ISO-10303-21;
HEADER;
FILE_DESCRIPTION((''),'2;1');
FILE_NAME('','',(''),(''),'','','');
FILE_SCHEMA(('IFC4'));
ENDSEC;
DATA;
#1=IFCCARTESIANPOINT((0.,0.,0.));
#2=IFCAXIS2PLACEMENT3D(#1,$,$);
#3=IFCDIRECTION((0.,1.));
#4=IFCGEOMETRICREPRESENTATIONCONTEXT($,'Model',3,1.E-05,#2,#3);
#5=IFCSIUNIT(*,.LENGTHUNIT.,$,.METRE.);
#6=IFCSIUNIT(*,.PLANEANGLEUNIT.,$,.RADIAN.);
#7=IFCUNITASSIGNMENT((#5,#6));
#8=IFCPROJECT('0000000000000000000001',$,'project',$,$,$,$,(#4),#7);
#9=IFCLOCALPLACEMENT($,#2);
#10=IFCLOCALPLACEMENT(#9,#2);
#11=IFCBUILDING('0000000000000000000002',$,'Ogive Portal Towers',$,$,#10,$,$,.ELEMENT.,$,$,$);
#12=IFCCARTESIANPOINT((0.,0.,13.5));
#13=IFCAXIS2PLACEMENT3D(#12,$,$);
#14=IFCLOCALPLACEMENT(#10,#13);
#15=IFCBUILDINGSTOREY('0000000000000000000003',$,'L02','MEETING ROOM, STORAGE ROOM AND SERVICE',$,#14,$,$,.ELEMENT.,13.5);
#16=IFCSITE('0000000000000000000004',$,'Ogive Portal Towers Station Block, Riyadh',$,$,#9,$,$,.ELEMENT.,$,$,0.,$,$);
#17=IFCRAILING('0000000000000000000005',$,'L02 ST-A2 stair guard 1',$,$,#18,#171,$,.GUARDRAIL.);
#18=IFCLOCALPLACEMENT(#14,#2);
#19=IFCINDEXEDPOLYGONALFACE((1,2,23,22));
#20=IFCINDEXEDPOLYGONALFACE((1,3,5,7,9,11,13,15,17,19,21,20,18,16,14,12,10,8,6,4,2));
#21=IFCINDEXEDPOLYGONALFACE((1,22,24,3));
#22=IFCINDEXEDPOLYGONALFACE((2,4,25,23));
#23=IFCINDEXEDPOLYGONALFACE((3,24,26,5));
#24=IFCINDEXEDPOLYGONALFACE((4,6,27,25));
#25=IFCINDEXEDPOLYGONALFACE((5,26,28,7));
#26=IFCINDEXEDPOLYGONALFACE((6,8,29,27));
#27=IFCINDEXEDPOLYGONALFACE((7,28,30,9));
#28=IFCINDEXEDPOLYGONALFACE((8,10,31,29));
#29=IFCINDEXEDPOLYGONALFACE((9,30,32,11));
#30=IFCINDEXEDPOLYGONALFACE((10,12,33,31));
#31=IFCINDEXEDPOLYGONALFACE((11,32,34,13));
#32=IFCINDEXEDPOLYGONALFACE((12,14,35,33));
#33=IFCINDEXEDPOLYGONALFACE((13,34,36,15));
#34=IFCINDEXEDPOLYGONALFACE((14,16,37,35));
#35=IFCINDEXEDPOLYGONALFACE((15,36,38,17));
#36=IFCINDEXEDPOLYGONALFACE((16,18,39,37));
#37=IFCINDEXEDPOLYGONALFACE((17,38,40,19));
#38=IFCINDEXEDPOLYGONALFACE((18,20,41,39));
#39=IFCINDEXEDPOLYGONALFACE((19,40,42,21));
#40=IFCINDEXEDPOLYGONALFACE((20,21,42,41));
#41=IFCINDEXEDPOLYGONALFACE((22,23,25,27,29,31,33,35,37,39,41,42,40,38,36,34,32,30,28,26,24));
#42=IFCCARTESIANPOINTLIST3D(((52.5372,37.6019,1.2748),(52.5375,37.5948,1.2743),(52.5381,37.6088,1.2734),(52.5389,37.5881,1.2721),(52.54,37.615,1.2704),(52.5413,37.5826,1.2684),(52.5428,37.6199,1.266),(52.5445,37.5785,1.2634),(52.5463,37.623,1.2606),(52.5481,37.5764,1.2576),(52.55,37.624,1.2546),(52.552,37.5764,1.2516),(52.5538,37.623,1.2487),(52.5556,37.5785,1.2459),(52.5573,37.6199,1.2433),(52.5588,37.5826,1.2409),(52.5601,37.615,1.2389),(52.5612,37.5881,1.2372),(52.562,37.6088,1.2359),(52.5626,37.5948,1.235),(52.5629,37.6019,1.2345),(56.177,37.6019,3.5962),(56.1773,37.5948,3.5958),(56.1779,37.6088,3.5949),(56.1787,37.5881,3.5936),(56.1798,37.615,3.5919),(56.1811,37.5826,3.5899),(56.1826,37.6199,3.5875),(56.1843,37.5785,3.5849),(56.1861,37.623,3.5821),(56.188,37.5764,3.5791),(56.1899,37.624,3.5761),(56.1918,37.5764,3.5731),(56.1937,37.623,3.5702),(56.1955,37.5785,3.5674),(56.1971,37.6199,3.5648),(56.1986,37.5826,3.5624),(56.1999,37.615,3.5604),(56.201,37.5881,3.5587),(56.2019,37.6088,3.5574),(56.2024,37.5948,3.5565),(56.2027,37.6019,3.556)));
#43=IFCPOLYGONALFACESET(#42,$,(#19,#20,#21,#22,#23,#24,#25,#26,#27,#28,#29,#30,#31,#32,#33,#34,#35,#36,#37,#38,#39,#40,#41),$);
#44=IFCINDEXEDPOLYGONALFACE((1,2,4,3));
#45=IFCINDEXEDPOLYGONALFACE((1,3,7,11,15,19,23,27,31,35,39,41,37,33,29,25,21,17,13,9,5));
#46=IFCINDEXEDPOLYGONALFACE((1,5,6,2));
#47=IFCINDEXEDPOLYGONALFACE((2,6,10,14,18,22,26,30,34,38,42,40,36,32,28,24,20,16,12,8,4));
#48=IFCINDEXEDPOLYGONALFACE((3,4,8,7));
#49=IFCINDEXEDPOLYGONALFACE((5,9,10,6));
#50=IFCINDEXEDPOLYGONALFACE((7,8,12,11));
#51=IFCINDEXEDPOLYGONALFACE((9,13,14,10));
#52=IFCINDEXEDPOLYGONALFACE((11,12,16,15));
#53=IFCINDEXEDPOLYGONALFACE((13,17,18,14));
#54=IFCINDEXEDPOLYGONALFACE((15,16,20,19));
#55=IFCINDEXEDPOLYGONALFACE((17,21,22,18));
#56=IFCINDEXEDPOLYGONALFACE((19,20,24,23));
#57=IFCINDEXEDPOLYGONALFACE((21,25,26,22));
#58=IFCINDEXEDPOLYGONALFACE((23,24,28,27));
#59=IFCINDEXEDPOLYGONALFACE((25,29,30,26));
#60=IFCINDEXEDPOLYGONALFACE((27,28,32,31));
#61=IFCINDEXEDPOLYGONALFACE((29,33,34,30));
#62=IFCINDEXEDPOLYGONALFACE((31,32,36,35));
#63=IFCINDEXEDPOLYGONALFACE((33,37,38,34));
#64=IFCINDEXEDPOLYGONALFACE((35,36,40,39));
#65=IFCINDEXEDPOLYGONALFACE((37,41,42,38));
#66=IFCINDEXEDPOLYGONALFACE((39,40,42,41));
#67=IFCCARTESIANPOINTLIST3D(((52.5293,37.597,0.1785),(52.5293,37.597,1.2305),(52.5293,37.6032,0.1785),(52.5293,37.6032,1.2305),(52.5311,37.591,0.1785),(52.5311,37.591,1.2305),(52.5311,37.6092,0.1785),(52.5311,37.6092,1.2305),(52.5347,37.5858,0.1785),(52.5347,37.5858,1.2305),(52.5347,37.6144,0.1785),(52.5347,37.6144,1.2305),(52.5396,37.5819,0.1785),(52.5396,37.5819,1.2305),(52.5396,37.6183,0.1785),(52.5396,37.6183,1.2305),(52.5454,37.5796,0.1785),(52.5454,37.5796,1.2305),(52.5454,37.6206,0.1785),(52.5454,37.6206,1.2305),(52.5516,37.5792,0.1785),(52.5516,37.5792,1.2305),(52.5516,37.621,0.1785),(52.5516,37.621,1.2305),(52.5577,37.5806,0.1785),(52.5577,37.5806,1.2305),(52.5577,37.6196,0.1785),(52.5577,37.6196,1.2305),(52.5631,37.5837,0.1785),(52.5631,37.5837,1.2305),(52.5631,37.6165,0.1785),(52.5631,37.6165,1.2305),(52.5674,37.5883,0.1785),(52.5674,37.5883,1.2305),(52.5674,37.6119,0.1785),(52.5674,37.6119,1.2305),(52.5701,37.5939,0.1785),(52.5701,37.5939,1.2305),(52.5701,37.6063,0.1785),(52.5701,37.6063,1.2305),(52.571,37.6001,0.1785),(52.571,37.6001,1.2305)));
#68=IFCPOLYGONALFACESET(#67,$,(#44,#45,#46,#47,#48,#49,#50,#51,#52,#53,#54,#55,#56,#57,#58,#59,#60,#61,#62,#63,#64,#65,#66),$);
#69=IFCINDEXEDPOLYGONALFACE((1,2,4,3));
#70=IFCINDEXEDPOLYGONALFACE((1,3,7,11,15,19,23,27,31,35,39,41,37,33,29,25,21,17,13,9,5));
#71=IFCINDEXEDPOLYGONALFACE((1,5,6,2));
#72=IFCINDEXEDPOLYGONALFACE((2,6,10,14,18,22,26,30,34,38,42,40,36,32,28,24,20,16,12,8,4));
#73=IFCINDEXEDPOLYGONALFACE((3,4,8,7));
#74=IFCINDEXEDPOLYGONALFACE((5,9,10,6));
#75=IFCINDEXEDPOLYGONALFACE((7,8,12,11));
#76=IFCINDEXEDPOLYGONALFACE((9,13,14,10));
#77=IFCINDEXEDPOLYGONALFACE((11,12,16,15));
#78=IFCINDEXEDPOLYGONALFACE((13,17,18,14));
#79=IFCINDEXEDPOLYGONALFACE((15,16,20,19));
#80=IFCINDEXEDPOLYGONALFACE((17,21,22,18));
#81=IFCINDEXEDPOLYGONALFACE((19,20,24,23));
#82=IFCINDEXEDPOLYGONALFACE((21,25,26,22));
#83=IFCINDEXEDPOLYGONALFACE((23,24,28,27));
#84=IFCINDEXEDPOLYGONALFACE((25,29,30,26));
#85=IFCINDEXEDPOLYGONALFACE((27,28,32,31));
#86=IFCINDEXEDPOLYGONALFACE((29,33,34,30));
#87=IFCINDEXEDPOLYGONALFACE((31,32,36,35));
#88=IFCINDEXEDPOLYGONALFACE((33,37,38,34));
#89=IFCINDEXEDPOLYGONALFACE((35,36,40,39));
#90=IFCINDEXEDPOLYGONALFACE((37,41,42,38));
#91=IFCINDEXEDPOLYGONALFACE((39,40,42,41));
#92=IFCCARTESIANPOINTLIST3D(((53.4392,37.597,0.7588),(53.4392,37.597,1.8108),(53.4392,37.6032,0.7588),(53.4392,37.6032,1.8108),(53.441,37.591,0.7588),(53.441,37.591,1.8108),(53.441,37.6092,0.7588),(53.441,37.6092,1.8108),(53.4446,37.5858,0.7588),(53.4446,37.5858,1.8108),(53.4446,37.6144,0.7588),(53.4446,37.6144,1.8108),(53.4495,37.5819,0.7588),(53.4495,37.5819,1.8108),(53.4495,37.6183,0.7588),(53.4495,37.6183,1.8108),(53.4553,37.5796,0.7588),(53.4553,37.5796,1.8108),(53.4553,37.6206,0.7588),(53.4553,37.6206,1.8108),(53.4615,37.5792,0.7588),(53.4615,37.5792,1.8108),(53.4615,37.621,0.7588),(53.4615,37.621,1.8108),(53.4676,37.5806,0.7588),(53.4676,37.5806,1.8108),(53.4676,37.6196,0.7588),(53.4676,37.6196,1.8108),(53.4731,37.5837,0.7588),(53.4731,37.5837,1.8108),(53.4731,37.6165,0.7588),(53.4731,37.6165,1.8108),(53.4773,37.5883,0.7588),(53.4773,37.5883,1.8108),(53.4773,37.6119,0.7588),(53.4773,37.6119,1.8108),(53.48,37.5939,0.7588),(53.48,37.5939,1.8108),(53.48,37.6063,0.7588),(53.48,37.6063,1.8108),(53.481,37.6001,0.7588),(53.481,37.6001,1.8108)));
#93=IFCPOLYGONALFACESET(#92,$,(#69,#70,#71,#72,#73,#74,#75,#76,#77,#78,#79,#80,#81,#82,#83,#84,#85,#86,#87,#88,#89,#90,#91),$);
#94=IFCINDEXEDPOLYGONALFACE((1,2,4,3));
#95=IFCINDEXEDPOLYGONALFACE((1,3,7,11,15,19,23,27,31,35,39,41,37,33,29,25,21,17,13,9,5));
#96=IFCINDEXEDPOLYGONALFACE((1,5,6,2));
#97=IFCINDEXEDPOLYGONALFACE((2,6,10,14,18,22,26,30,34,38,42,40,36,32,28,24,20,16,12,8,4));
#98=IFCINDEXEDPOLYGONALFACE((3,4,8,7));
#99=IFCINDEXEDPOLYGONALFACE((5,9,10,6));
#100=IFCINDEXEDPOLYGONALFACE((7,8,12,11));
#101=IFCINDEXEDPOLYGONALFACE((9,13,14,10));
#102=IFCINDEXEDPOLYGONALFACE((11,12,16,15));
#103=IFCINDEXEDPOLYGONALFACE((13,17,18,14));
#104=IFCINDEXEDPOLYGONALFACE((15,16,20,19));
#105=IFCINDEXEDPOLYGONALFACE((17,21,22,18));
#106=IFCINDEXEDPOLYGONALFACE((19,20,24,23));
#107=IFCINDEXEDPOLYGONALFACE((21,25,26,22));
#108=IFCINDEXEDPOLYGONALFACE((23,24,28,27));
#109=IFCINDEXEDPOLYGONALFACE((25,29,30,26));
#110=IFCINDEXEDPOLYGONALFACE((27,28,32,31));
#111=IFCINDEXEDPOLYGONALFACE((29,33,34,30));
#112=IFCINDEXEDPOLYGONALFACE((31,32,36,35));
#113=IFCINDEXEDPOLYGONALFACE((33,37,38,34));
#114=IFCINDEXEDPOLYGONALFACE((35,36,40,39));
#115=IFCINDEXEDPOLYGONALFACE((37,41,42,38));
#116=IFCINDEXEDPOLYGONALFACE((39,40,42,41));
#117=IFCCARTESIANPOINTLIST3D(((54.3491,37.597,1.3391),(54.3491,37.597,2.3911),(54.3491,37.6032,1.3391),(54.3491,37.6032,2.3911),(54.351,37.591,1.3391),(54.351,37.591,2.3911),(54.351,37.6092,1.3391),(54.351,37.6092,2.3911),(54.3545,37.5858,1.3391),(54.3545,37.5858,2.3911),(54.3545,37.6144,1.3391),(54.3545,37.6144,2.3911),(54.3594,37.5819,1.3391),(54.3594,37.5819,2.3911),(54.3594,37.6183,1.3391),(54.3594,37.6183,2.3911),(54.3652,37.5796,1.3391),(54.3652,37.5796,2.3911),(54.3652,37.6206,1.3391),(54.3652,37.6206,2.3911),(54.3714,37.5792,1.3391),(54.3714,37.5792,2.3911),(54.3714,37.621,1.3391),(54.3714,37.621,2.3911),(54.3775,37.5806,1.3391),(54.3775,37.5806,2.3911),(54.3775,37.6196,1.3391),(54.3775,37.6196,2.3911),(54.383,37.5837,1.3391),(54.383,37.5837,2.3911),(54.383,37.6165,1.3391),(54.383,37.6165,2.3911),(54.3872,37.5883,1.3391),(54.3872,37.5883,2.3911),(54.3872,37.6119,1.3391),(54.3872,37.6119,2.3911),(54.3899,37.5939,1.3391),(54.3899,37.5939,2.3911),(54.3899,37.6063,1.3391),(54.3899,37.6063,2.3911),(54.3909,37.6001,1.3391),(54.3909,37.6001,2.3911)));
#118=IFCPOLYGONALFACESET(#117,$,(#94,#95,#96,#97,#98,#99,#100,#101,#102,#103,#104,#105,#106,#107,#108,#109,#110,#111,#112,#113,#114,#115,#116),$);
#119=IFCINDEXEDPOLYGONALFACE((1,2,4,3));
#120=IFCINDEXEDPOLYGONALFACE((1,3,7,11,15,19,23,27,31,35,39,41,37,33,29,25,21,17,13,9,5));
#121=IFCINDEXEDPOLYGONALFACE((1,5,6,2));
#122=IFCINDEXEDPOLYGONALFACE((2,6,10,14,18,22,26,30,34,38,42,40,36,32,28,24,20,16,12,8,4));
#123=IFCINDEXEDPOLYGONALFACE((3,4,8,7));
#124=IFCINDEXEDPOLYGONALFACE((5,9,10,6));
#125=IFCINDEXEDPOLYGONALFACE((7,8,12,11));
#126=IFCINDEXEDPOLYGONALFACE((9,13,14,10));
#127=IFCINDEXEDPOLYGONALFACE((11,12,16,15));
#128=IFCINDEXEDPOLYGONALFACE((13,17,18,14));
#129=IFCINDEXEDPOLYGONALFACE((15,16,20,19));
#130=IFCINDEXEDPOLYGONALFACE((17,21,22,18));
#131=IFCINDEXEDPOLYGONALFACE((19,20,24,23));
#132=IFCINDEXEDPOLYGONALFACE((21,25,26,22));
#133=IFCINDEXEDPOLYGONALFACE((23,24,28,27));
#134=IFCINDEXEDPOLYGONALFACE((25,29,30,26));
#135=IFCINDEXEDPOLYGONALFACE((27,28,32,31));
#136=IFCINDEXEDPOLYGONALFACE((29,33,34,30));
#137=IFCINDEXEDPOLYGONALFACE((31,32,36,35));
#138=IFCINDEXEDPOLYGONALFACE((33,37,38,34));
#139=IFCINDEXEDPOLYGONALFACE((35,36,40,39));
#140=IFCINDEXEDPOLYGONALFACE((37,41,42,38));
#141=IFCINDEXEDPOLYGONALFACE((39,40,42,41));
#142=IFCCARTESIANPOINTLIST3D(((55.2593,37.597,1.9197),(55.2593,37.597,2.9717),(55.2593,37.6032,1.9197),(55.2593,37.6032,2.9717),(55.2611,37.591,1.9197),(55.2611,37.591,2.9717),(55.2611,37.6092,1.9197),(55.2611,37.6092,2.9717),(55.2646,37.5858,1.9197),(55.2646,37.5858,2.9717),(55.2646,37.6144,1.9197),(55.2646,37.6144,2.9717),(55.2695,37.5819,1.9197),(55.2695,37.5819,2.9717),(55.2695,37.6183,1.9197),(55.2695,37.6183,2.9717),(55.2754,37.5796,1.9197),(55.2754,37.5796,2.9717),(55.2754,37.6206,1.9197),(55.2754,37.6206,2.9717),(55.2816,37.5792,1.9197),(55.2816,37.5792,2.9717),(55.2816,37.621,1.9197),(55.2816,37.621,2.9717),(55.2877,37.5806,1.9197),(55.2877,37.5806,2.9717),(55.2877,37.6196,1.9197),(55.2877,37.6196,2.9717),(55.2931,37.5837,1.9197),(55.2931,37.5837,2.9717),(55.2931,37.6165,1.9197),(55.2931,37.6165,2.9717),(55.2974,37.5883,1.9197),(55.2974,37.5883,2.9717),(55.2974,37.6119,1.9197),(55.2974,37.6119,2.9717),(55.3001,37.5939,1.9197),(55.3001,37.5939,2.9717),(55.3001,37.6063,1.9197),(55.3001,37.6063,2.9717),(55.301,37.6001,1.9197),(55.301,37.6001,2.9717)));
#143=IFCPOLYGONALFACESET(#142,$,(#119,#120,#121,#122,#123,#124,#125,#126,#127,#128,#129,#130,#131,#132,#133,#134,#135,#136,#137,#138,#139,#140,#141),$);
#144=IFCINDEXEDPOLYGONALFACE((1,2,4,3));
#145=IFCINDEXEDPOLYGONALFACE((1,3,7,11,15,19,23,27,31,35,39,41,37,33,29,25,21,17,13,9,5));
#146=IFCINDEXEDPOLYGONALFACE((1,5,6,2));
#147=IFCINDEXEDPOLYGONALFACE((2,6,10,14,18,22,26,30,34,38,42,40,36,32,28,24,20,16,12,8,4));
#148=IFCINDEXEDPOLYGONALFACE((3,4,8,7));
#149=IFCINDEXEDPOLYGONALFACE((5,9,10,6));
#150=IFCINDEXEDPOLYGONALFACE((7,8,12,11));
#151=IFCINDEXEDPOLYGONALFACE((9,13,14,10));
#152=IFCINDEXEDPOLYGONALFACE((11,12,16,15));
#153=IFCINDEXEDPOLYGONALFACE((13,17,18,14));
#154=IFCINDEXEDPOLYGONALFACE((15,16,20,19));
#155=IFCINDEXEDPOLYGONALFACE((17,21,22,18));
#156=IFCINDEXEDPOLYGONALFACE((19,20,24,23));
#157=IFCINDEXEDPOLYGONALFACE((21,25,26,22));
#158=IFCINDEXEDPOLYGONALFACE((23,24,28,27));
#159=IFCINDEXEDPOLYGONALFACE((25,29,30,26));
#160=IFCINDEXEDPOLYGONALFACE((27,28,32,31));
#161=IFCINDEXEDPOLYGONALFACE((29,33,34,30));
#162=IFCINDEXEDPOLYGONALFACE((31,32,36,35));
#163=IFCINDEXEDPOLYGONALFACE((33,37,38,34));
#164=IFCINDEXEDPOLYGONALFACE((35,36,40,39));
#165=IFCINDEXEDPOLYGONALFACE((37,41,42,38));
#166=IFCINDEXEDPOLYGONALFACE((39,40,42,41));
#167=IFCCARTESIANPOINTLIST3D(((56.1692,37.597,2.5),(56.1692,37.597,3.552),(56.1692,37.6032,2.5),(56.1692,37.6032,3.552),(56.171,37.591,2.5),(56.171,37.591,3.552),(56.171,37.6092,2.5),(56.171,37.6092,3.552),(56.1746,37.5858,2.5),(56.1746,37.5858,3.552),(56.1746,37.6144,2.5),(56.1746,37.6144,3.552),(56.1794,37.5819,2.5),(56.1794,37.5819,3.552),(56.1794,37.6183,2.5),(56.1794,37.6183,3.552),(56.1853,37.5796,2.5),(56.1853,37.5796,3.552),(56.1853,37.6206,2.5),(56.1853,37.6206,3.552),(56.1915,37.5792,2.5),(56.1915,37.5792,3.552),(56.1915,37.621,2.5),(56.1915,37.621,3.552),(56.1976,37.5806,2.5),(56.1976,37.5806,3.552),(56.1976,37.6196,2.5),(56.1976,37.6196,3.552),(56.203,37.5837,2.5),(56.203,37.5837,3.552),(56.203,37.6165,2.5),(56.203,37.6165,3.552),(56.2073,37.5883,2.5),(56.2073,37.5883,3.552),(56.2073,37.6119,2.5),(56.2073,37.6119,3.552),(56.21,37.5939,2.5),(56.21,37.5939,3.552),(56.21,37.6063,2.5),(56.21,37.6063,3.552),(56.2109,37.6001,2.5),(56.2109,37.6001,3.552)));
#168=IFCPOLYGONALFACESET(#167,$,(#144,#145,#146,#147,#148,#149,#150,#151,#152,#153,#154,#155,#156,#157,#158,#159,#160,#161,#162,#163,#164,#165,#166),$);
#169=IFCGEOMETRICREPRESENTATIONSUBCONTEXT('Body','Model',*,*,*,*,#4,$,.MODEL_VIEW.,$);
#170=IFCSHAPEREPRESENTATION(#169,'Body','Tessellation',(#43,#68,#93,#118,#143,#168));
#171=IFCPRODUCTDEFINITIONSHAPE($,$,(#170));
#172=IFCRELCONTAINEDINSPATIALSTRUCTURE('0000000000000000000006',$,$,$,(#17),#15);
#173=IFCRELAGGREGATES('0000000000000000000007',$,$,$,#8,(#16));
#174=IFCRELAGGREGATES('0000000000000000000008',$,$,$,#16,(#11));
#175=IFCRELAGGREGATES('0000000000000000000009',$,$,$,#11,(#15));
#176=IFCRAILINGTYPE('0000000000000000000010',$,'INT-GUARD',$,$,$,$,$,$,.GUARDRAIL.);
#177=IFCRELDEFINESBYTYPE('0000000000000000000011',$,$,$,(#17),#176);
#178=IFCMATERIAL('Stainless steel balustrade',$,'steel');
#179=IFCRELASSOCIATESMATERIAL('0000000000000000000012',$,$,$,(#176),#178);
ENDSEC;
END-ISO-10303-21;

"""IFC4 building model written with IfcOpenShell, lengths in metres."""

from ifc_helpers import new_model, si_unit, direction, frame, origin, origin_2d, place, context, subcontext, project, spatial, circle, extrude, material, type_object, element, save


model = new_model("IFC4")

# Units and contexts
model_context = context("Model", 3, precision=1e-05, world=origin(), true_north=direction((0.0, 1.0)))
body_context = subcontext(model_context, "Body", "Model", "MODEL_VIEW")
ifc_project = project(units=[si_unit("LENGTHUNIT", "METRE"), si_unit("PLANEANGLEUNIT", "RADIAN")], contexts=[model_context])

# Site, building, storey
site_placement = place(None, origin())
site = spatial("IfcSite", under=ifc_project, at=site_placement, Name="Ogive Portal Towers Station Block, Riyadh", CompositionType="ELEMENT", RefElevation=0.0)
building_placement = place(site_placement, origin())
building = spatial("IfcBuilding", under=site, at=building_placement, Name="Ogive Portal Towers", CompositionType="ELEMENT")
storey_placement = place(building_placement, frame((0.0, 0.0, 13.5)))
storey = spatial("IfcBuildingStorey", under=building, at=storey_placement, Name="L02", Description="MEETING ROOM, STORAGE ROOM AND SERVICE", CompositionType="ELEMENT", Elevation=13.5)

# Railing
ifc_material_1 = material(Name="Stainless steel balustrade", Category="steel")
railing_type_1 = type_object("IfcRailingType", Name="INT-GUARD", PredefinedType="GUARDRAIL", material=ifc_material_1)
railing_1_placement = place(storey_placement, frame((52.55, 37.6001, 0.1785)))
element("IfcRailing", 1, at=railing_1_placement, inside=storey, type_object=railing_type_1, Name="L02 ST-A2 stair guard 1", PredefinedType="GUARDRAIL", context=body_context, shape_type="SweptSolid", body=[
    extrude(circle(Radius=0.0239, at=origin_2d()), frame((0.0, 0.0, 1.0762), z_axis=(0.843112, 0.0, 0.537739), x_axis=(0.0, 1.0, 0.0)), (0.0, 0.0, 1.0), 4.3171),
    extrude(circle(Radius=0.021, at=origin_2d()), origin(), (0.0, 0.0, 1.0), 1.052),
    extrude(circle(Radius=0.021, at=origin_2d()), frame((0.9099, 0.0, 0.5803)), (0.0, 0.0, 1.0), 1.052),
    extrude(circle(Radius=0.021, at=origin_2d()), frame((1.8198, 0.0, 1.1606)), (0.0, 0.0, 1.0), 1.052),
    extrude(circle(Radius=0.021, at=origin_2d()), frame((2.73, 0.0, 1.7412)), (0.0, 0.0, 1.0), 1.052),
    extrude(circle(Radius=0.021, at=origin_2d()), frame((3.6399, 0.0, 2.3215)), (0.0, 0.0, 1.0), 1.052),
])

save(model, "model.ifc")
